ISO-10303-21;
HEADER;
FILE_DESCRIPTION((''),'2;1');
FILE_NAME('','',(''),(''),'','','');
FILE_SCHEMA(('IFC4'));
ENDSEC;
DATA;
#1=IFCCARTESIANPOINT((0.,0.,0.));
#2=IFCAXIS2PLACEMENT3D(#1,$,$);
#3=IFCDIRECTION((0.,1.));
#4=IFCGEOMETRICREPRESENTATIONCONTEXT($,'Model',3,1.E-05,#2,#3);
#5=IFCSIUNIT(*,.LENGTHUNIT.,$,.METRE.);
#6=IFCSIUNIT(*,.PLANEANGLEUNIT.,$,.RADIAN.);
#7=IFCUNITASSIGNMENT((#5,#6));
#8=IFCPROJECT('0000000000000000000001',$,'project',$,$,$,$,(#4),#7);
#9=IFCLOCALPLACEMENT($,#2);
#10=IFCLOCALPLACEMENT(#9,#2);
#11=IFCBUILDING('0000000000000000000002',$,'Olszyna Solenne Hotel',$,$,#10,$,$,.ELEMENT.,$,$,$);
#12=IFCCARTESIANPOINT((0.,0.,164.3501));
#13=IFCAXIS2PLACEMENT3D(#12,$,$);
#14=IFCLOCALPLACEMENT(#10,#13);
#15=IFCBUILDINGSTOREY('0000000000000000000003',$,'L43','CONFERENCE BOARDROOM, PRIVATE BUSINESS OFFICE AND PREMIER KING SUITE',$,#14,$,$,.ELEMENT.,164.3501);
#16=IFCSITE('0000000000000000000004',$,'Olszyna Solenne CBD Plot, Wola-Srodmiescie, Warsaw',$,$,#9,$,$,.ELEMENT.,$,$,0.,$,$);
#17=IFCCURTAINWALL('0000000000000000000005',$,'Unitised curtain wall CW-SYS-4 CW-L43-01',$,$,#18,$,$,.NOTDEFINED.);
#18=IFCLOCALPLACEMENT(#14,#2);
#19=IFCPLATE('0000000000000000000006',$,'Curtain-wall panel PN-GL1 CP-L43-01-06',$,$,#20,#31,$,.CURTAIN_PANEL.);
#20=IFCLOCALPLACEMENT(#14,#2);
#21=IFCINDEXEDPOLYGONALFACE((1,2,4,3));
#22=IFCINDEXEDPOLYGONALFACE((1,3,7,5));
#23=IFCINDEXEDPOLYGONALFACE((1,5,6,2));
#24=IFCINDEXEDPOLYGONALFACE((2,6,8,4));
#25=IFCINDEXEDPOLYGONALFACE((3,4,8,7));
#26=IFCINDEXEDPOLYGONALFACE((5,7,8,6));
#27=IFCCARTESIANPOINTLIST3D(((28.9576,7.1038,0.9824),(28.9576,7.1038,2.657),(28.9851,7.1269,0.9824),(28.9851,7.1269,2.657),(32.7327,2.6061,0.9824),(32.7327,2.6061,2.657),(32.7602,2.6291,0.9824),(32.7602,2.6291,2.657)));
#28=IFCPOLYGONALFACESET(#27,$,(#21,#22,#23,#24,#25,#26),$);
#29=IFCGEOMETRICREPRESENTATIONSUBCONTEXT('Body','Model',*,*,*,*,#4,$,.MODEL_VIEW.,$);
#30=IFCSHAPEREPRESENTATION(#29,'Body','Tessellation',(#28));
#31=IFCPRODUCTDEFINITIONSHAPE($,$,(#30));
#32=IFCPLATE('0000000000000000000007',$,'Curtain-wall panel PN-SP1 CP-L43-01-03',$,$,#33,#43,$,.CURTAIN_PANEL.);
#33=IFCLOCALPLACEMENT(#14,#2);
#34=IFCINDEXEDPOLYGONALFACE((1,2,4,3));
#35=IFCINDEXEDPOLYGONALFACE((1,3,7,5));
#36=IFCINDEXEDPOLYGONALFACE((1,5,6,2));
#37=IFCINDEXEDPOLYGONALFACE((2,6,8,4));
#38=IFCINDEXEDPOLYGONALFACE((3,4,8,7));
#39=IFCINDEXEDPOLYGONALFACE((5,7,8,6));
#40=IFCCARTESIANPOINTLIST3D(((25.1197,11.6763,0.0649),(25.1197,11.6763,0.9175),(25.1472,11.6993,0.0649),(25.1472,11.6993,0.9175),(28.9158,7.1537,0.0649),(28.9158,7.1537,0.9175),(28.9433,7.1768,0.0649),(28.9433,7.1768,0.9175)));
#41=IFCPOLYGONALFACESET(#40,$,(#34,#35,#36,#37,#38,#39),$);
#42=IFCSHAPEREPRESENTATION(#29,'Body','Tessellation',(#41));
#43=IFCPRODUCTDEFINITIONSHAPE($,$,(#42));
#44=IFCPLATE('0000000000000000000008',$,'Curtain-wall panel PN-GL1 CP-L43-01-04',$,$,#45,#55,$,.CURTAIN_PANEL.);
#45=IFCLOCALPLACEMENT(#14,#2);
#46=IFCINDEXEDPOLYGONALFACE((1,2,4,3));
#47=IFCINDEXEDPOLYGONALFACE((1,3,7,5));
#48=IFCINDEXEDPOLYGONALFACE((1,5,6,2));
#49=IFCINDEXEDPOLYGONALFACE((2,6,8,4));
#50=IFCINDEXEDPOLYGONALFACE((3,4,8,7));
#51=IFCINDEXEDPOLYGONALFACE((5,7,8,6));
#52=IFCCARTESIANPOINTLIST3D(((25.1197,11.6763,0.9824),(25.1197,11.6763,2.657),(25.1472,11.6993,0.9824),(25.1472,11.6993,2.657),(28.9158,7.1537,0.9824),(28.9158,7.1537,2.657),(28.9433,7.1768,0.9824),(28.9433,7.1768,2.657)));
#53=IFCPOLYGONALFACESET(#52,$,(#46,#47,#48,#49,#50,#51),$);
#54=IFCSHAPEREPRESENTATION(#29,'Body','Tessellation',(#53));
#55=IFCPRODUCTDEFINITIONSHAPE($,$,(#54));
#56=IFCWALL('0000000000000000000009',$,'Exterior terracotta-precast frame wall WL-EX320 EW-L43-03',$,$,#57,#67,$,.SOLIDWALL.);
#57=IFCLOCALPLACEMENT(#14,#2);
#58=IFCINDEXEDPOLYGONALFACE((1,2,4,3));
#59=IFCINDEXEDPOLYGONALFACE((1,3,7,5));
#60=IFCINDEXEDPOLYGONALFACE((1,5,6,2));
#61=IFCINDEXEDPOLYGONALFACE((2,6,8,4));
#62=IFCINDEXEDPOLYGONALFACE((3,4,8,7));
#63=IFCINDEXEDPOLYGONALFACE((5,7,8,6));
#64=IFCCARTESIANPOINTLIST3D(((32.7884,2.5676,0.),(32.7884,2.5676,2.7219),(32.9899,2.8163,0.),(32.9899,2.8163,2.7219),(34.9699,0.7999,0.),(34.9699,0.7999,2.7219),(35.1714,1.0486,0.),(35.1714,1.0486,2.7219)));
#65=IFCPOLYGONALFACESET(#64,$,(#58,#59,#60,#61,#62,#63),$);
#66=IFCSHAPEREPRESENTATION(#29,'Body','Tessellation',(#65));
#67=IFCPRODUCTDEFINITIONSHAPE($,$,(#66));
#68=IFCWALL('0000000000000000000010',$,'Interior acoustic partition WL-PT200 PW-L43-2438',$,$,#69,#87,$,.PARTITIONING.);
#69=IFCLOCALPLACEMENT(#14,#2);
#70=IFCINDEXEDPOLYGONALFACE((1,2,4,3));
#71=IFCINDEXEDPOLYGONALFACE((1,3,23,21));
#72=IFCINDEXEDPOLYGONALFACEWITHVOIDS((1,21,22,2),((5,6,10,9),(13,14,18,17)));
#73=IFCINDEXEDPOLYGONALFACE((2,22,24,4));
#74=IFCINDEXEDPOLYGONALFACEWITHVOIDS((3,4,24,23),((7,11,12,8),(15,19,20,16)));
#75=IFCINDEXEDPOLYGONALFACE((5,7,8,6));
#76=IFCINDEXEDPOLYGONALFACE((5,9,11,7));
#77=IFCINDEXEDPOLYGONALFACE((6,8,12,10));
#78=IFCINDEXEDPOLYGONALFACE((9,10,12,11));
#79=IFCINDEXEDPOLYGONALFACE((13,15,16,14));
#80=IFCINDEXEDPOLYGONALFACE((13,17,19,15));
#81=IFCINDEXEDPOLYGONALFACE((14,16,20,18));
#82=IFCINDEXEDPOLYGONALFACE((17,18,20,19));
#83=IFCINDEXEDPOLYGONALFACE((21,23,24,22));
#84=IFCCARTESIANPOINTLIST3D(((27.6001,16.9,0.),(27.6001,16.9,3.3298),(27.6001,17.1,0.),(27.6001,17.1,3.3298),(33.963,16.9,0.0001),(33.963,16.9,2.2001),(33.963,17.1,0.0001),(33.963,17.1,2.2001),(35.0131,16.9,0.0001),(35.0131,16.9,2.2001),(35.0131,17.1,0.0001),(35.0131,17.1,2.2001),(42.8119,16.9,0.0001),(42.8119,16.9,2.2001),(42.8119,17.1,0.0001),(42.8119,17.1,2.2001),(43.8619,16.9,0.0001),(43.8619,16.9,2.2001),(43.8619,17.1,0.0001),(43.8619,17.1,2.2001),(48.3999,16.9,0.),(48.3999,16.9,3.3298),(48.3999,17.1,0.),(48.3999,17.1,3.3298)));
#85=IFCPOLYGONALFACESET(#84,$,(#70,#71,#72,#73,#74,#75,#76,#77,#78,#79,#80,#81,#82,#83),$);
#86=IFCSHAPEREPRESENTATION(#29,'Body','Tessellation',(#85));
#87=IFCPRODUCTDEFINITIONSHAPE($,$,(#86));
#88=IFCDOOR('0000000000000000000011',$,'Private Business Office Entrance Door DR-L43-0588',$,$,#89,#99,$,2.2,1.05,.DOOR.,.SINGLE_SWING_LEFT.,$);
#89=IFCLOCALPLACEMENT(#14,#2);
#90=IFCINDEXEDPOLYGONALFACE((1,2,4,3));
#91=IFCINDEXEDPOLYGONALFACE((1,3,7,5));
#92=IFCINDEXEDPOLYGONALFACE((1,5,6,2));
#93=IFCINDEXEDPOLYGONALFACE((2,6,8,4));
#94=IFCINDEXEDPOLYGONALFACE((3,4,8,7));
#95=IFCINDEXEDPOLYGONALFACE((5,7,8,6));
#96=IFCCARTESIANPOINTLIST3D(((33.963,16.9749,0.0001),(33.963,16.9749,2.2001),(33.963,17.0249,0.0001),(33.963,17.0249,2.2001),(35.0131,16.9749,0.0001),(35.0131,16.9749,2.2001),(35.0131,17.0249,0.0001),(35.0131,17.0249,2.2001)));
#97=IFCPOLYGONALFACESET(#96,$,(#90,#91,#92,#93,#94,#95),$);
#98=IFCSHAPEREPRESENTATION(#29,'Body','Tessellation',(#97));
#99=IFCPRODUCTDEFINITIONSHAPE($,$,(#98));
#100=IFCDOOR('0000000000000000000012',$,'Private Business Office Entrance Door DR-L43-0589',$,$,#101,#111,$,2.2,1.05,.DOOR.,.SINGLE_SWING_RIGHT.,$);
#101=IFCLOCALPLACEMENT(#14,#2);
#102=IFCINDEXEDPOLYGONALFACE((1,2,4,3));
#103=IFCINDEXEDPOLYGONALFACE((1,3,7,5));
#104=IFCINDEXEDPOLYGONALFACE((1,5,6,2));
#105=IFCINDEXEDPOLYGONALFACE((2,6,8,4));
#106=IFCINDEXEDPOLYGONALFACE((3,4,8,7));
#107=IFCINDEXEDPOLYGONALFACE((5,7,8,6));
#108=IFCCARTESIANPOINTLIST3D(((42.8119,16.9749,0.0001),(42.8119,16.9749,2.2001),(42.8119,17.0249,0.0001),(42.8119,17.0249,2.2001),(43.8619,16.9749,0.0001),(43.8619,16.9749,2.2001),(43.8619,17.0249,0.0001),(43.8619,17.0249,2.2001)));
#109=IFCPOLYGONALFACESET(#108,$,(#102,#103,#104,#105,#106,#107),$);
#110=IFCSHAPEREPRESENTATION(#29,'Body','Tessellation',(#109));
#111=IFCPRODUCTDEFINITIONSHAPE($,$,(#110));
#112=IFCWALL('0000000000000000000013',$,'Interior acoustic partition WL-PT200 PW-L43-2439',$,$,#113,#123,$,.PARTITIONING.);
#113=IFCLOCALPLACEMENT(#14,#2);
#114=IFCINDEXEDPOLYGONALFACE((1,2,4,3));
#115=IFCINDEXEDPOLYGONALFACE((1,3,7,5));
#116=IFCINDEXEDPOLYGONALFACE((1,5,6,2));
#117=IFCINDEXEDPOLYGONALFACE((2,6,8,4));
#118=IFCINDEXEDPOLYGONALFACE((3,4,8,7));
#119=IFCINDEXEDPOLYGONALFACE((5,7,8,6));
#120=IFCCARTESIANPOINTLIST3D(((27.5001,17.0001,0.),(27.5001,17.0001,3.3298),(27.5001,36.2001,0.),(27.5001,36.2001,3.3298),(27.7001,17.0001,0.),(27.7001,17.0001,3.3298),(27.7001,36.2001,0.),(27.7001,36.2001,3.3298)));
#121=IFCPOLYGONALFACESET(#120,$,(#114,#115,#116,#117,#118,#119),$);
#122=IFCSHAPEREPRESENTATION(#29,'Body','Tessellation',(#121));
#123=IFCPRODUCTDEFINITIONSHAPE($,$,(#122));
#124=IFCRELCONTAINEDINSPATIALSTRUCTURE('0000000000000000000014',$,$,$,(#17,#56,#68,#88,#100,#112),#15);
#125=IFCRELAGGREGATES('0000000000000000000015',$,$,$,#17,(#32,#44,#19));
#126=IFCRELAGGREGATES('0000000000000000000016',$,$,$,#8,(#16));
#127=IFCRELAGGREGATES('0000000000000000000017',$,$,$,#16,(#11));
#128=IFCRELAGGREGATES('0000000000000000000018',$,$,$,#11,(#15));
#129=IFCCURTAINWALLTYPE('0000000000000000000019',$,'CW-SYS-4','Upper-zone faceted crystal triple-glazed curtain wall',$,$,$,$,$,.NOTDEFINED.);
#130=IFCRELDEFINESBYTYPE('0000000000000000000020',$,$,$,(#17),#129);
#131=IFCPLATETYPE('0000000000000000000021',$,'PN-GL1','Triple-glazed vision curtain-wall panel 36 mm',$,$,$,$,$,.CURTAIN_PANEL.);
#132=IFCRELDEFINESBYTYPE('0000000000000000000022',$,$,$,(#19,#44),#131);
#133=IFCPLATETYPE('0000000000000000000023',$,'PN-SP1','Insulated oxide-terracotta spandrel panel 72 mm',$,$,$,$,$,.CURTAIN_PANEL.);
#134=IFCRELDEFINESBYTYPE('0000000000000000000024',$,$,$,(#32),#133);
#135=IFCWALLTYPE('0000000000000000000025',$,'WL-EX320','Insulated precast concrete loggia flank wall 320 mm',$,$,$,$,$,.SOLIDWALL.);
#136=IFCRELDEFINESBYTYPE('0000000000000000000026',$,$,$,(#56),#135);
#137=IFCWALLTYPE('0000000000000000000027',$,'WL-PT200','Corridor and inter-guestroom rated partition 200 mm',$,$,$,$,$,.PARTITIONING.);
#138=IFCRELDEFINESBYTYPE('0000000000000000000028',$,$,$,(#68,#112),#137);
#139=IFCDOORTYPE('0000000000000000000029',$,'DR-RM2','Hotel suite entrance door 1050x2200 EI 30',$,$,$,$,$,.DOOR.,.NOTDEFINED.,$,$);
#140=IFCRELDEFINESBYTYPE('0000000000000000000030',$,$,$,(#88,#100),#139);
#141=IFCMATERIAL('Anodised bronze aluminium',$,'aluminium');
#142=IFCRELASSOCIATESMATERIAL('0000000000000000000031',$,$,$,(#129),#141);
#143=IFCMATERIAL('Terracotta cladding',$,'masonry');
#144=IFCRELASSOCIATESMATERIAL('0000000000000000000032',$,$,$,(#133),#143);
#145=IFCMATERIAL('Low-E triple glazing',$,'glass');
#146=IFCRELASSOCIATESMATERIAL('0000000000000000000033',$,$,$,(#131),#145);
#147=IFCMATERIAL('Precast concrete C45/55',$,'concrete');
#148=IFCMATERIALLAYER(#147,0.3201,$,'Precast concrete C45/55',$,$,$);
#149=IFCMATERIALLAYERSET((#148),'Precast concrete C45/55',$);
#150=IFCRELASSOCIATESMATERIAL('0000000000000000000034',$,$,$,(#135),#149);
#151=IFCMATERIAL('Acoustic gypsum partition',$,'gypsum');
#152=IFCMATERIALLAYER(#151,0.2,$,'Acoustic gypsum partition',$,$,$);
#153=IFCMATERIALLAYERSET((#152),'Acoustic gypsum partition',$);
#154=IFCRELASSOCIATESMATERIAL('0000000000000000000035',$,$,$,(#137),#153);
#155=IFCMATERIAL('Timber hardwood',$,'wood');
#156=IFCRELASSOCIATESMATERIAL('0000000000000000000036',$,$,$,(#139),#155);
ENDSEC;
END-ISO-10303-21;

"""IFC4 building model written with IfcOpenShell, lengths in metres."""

from ifc_helpers import new_model, si_unit, direction, frame, frame_2d, origin, origin_2d, place, context, subcontext, project, spatial, rectangle, extrude, source, transform, mapped, material, layer, layer_set, type_object, type_shapes, element, fill, aggregate, save


model = new_model("IFC4")

# Units and contexts
model_context = context("Model", 3, precision=1e-05, world=origin(), true_north=direction((0.0, 1.0)))
body_context = subcontext(model_context, "Body", "Model", "MODEL_VIEW")
ifc_project = project(units=[si_unit("LENGTHUNIT", "METRE"), si_unit("PLANEANGLEUNIT", "RADIAN")], contexts=[model_context])

# Site, building, storey
site_placement = place(None, origin())
site = spatial("IfcSite", under=ifc_project, at=site_placement, Name="Olszyna Solenne CBD Plot, Wola-Srodmiescie, Warsaw", CompositionType="ELEMENT", RefElevation=0.0)
building_placement = place(site_placement, origin())
building = spatial("IfcBuilding", under=site, at=building_placement, Name="Olszyna Solenne Hotel", CompositionType="ELEMENT")
storey_placement = place(building_placement, frame((0.0, 0.0, 164.3501)))
storey = spatial("IfcBuildingStorey", under=building, at=storey_placement, Name="L43", Description="CONFERENCE BOARDROOM, PRIVATE BUSINESS OFFICE AND PREMIER KING SUITE", CompositionType="ELEMENT", Elevation=164.3501)

# Curtain wall
ifc_material_1 = material(Name="Anodised bronze aluminium", Category="aluminium")
curtain_wall_type = type_object("IfcCurtainWallType", Name="CW-SYS-4", Description="Upper-zone faceted crystal triple-glazed curtain wall", PredefinedType="NOTDEFINED", material=ifc_material_1)
curtain_wall_placement = place(storey_placement, origin())
curtain_wall = element("IfcCurtainWall", 1, at=curtain_wall_placement, inside=storey, type_object=curtain_wall_type, Name="Unitised curtain wall CW-SYS-4 CW-L43-01", PredefinedType="NOTDEFINED")

# Plates
ifc_material_2 = material(Name="Terracotta cladding", Category="masonry")
plate_type_1 = type_object("IfcPlateType", Name="PN-SP1", Description="Insulated oxide-terracotta spandrel panel 72 mm", PredefinedType="CURTAIN_PANEL", material=ifc_material_2)
ifc_material_3 = material(Name="Low-E triple glazing", Category="glass")
plate_type_2 = type_object("IfcPlateType", Name="PN-GL1", Description="Triple-glazed vision curtain-wall panel 36 mm", PredefinedType="CURTAIN_PANEL", material=ifc_material_3)
shared_shape_1 = source(origin(), body_context, "Body", "SweptSolid", [
    extrude(rectangle(XDim=5.8721, YDim=0.0359, at=origin_2d()), origin(), (0.0, 0.0, 1.0), 1.6746),
])
plate_1_placement = place(storey_placement, frame((30.8589, 4.8665, 0.9824), z_axis=(0.0, 0.0, 1.0), x_axis=(0.642899, -0.765951, 0.0)))
plate_1 = element("IfcPlate", 2, at=plate_1_placement, type_object=plate_type_2, Name="Curtain-wall panel PN-GL1 CP-L43-01-06", PredefinedType="CURTAIN_PANEL", context=body_context, shape_type="MappedRepresentation", body=[
    mapped(shared_shape_1, transform((0.0, 0.0, 0.0), x_axis=(1.0, 0.0, 0.0), y_axis=(0.0, 1.0, 0.0), z_axis=(0.0, 0.0, 1.0), scale=1.0)),
])
shared_shape_2 = source(origin(), body_context, "Body", "SweptSolid", [
    extrude(rectangle(XDim=5.9045, YDim=0.0359, at=origin_2d()), origin(), (0.0, 0.0, 1.0), 0.8525),
])
plate_2_placement = place(storey_placement, frame((27.0315, 9.4265, 0.0649), z_axis=(0.0, 0.0, 1.0), x_axis=(0.642899, -0.765951, 0.0)))
plate_2 = element("IfcPlate", 3, at=plate_2_placement, type_object=plate_type_1, Name="Curtain-wall panel PN-SP1 CP-L43-01-03", PredefinedType="CURTAIN_PANEL", context=body_context, shape_type="MappedRepresentation", body=[
    mapped(shared_shape_2, transform((0.0, 0.0, 0.0), x_axis=(1.0, 0.0, 0.0), y_axis=(0.0, 1.0, 0.0), z_axis=(0.0, 0.0, 1.0), scale=1.0)),
])
shared_shape_3 = source(origin(), body_context, "Body", "SweptSolid", [
    extrude(rectangle(XDim=5.9045, YDim=0.0359, at=origin_2d()), origin(), (0.0, 0.0, 1.0), 1.6746),
])
plate_3_placement = place(storey_placement, frame((27.0315, 9.4265, 0.9824), z_axis=(0.0, 0.0, 1.0), x_axis=(0.642899, -0.765951, 0.0)))
plate_3 = element("IfcPlate", 4, at=plate_3_placement, type_object=plate_type_2, Name="Curtain-wall panel PN-GL1 CP-L43-01-04", PredefinedType="CURTAIN_PANEL", context=body_context, shape_type="MappedRepresentation", body=[
    mapped(shared_shape_3, transform((0.0, 0.0, 0.0), x_axis=(1.0, 0.0, 0.0), y_axis=(0.0, 1.0, 0.0), z_axis=(0.0, 0.0, 1.0), scale=1.0)),
])
aggregate(curtain_wall, [plate_2, plate_3, plate_1])

# Wall
ifc_material_4 = material(Name="Precast concrete C45/55", Category="concrete")
ifc_layer_1 = layer(ifc_material_4, 0.3201, Name="Precast concrete C45/55")
ifc_layer_set_1 = layer_set([ifc_layer_1], Name="Precast concrete C45/55")
wall_type_1 = type_object("IfcWallType", Name="WL-EX320", Description="Insulated precast concrete loggia flank wall 320 mm", PredefinedType="SOLIDWALL", material=ifc_layer_set_1)
wall_1_placement = place(storey_placement, frame((35.0706, 0.9243, 0.0), z_axis=(0.0, 0.0, 1.0), x_axis=(-0.776943, 0.629571, 0.0)))
element("IfcWall", 5, at=wall_1_placement, inside=storey, type_object=wall_type_1, Name="Exterior terracotta-precast frame wall WL-EX320 EW-L43-03", PredefinedType="SOLIDWALL", context=body_context, shape_type="SweptSolid", body=[
    extrude(rectangle(XDim=2.8079, YDim=0.3201, at=frame_2d((1.4038, 0.0))), origin(), (0.0, 0.0, 1.0), 2.7219),
])

# Wall, openings, doors
ifc_material_5 = material(Name="Acoustic gypsum partition", Category="gypsum")
ifc_layer_2 = layer(ifc_material_5, 0.2, Name="Acoustic gypsum partition")
ifc_layer_set_2 = layer_set([ifc_layer_2], Name="Acoustic gypsum partition")
wall_type_2 = type_object("IfcWallType", Name="WL-PT200", Description="Corridor and inter-guestroom rated partition 200 mm", PredefinedType="PARTITIONING", material=ifc_layer_set_2)
wall_2_placement = place(storey_placement, frame((27.6001, 17.0, 0.0), z_axis=(0.0, 0.0, 1.0), x_axis=(1.0, 0.0, 0.0)))
wall_2 = element("IfcWall", 6, at=wall_2_placement, inside=storey, type_object=wall_type_2, Name="Interior acoustic partition WL-PT200 PW-L43-2438", PredefinedType="PARTITIONING", context=body_context, shape_type="SweptSolid", body=[
    extrude(rectangle(XDim=20.7998, YDim=0.2, at=frame_2d((10.3999, 0.0))), origin(), (0.0, 0.0, 1.0), 3.3298),
])
opening_1_placement = place(wall_2_placement, frame((6.363, 0.0, 0.0)))
opening_1 = element("IfcOpeningElement", 7, at=opening_1_placement, cuts=wall_2, PredefinedType="OPENING", context=body_context, shape_type="SweptSolid", body=[
    extrude(rectangle(XDim=1.05, YDim=2.2, at=frame_2d((0.5249, 1.1001))), frame((0.0, 0.1099, 0.0), z_axis=(0.0, -1.0, 0.0), x_axis=(1.0, 0.0, 0.0)), (0.0, 0.0, 1.0), 0.22),
])
opening_2_placement = place(wall_2_placement, frame((15.2119, 0.0, 0.0)))
opening_2 = element("IfcOpeningElement", 8, at=opening_2_placement, cuts=wall_2, PredefinedType="OPENING", context=body_context, shape_type="SweptSolid", body=[
    extrude(rectangle(XDim=1.05, YDim=2.2, at=frame_2d((0.5249, 1.1001))), frame((0.0, 0.1099, 0.0), z_axis=(0.0, -1.0, 0.0), x_axis=(1.0, 0.0, 0.0)), (0.0, 0.0, 1.0), 0.22),
])
ifc_material_6 = material(Name="Timber hardwood", Category="wood")
door_type = type_object("IfcDoorType", Name="DR-RM2", Description="Hotel suite entrance door 1050x2200 EI 30", OperationType="NOTDEFINED", PredefinedType="DOOR", material=ifc_material_6)
shared_shape_4 = source(origin(), body_context, "Body", "SweptSolid", [
    extrude(rectangle(XDim=1.05, YDim=2.2, at=frame_2d((0.5249, 1.1001))), frame((0.0, 0.0249, 0.0), z_axis=(0.0, -1.0, 0.0), x_axis=(1.0, 0.0, 0.0)), (0.0, 0.0, 1.0), 0.05),
])
type_shapes(door_type, [shared_shape_4])
door_1_placement = place(opening_1_placement, origin())
door_1 = element("IfcDoor", 9, at=door_1_placement, inside=storey, type_object=door_type, Name="Private Business Office Entrance Door DR-L43-0588", OperationType="SINGLE_SWING_LEFT", OverallHeight=2.2, OverallWidth=1.05, PredefinedType="DOOR", context=body_context, shape_type="MappedRepresentation", body=[
    mapped(shared_shape_4, transform((0.0, 0.0, 0.0), x_axis=(1.0, 0.0, 0.0), y_axis=(0.0, 1.0, 0.0), z_axis=(0.0, 0.0, 1.0), scale=1.0)),
])
fill(opening_1, door_1)
door_2_placement = place(opening_2_placement, origin())
door_2 = element("IfcDoor", 10, at=door_2_placement, inside=storey, type_object=door_type, Name="Private Business Office Entrance Door DR-L43-0589", OperationType="SINGLE_SWING_RIGHT", OverallHeight=2.2, OverallWidth=1.05, PredefinedType="DOOR", context=body_context, shape_type="MappedRepresentation", body=[
    mapped(shared_shape_4, transform((0.0, 0.0, 0.0), x_axis=(1.0, 0.0, 0.0), y_axis=(0.0, 1.0, 0.0), z_axis=(0.0, 0.0, 1.0), scale=1.0)),
])
fill(opening_2, door_2)

# Wall
wall_3_placement = place(storey_placement, frame((27.6001, 17.0, 0.0), z_axis=(0.0, 0.0, 1.0), x_axis=(0.0, 1.0, 0.0)))
element("IfcWall", 11, at=wall_3_placement, inside=storey, type_object=wall_type_2, Name="Interior acoustic partition WL-PT200 PW-L43-2439", PredefinedType="PARTITIONING", context=body_context, shape_type="SweptSolid", body=[
    extrude(rectangle(XDim=19.2, YDim=0.2, at=frame_2d((9.6001, 0.0))), origin(), (0.0, 0.0, 1.0), 3.3298),
])

save(model, "model.ifc")
